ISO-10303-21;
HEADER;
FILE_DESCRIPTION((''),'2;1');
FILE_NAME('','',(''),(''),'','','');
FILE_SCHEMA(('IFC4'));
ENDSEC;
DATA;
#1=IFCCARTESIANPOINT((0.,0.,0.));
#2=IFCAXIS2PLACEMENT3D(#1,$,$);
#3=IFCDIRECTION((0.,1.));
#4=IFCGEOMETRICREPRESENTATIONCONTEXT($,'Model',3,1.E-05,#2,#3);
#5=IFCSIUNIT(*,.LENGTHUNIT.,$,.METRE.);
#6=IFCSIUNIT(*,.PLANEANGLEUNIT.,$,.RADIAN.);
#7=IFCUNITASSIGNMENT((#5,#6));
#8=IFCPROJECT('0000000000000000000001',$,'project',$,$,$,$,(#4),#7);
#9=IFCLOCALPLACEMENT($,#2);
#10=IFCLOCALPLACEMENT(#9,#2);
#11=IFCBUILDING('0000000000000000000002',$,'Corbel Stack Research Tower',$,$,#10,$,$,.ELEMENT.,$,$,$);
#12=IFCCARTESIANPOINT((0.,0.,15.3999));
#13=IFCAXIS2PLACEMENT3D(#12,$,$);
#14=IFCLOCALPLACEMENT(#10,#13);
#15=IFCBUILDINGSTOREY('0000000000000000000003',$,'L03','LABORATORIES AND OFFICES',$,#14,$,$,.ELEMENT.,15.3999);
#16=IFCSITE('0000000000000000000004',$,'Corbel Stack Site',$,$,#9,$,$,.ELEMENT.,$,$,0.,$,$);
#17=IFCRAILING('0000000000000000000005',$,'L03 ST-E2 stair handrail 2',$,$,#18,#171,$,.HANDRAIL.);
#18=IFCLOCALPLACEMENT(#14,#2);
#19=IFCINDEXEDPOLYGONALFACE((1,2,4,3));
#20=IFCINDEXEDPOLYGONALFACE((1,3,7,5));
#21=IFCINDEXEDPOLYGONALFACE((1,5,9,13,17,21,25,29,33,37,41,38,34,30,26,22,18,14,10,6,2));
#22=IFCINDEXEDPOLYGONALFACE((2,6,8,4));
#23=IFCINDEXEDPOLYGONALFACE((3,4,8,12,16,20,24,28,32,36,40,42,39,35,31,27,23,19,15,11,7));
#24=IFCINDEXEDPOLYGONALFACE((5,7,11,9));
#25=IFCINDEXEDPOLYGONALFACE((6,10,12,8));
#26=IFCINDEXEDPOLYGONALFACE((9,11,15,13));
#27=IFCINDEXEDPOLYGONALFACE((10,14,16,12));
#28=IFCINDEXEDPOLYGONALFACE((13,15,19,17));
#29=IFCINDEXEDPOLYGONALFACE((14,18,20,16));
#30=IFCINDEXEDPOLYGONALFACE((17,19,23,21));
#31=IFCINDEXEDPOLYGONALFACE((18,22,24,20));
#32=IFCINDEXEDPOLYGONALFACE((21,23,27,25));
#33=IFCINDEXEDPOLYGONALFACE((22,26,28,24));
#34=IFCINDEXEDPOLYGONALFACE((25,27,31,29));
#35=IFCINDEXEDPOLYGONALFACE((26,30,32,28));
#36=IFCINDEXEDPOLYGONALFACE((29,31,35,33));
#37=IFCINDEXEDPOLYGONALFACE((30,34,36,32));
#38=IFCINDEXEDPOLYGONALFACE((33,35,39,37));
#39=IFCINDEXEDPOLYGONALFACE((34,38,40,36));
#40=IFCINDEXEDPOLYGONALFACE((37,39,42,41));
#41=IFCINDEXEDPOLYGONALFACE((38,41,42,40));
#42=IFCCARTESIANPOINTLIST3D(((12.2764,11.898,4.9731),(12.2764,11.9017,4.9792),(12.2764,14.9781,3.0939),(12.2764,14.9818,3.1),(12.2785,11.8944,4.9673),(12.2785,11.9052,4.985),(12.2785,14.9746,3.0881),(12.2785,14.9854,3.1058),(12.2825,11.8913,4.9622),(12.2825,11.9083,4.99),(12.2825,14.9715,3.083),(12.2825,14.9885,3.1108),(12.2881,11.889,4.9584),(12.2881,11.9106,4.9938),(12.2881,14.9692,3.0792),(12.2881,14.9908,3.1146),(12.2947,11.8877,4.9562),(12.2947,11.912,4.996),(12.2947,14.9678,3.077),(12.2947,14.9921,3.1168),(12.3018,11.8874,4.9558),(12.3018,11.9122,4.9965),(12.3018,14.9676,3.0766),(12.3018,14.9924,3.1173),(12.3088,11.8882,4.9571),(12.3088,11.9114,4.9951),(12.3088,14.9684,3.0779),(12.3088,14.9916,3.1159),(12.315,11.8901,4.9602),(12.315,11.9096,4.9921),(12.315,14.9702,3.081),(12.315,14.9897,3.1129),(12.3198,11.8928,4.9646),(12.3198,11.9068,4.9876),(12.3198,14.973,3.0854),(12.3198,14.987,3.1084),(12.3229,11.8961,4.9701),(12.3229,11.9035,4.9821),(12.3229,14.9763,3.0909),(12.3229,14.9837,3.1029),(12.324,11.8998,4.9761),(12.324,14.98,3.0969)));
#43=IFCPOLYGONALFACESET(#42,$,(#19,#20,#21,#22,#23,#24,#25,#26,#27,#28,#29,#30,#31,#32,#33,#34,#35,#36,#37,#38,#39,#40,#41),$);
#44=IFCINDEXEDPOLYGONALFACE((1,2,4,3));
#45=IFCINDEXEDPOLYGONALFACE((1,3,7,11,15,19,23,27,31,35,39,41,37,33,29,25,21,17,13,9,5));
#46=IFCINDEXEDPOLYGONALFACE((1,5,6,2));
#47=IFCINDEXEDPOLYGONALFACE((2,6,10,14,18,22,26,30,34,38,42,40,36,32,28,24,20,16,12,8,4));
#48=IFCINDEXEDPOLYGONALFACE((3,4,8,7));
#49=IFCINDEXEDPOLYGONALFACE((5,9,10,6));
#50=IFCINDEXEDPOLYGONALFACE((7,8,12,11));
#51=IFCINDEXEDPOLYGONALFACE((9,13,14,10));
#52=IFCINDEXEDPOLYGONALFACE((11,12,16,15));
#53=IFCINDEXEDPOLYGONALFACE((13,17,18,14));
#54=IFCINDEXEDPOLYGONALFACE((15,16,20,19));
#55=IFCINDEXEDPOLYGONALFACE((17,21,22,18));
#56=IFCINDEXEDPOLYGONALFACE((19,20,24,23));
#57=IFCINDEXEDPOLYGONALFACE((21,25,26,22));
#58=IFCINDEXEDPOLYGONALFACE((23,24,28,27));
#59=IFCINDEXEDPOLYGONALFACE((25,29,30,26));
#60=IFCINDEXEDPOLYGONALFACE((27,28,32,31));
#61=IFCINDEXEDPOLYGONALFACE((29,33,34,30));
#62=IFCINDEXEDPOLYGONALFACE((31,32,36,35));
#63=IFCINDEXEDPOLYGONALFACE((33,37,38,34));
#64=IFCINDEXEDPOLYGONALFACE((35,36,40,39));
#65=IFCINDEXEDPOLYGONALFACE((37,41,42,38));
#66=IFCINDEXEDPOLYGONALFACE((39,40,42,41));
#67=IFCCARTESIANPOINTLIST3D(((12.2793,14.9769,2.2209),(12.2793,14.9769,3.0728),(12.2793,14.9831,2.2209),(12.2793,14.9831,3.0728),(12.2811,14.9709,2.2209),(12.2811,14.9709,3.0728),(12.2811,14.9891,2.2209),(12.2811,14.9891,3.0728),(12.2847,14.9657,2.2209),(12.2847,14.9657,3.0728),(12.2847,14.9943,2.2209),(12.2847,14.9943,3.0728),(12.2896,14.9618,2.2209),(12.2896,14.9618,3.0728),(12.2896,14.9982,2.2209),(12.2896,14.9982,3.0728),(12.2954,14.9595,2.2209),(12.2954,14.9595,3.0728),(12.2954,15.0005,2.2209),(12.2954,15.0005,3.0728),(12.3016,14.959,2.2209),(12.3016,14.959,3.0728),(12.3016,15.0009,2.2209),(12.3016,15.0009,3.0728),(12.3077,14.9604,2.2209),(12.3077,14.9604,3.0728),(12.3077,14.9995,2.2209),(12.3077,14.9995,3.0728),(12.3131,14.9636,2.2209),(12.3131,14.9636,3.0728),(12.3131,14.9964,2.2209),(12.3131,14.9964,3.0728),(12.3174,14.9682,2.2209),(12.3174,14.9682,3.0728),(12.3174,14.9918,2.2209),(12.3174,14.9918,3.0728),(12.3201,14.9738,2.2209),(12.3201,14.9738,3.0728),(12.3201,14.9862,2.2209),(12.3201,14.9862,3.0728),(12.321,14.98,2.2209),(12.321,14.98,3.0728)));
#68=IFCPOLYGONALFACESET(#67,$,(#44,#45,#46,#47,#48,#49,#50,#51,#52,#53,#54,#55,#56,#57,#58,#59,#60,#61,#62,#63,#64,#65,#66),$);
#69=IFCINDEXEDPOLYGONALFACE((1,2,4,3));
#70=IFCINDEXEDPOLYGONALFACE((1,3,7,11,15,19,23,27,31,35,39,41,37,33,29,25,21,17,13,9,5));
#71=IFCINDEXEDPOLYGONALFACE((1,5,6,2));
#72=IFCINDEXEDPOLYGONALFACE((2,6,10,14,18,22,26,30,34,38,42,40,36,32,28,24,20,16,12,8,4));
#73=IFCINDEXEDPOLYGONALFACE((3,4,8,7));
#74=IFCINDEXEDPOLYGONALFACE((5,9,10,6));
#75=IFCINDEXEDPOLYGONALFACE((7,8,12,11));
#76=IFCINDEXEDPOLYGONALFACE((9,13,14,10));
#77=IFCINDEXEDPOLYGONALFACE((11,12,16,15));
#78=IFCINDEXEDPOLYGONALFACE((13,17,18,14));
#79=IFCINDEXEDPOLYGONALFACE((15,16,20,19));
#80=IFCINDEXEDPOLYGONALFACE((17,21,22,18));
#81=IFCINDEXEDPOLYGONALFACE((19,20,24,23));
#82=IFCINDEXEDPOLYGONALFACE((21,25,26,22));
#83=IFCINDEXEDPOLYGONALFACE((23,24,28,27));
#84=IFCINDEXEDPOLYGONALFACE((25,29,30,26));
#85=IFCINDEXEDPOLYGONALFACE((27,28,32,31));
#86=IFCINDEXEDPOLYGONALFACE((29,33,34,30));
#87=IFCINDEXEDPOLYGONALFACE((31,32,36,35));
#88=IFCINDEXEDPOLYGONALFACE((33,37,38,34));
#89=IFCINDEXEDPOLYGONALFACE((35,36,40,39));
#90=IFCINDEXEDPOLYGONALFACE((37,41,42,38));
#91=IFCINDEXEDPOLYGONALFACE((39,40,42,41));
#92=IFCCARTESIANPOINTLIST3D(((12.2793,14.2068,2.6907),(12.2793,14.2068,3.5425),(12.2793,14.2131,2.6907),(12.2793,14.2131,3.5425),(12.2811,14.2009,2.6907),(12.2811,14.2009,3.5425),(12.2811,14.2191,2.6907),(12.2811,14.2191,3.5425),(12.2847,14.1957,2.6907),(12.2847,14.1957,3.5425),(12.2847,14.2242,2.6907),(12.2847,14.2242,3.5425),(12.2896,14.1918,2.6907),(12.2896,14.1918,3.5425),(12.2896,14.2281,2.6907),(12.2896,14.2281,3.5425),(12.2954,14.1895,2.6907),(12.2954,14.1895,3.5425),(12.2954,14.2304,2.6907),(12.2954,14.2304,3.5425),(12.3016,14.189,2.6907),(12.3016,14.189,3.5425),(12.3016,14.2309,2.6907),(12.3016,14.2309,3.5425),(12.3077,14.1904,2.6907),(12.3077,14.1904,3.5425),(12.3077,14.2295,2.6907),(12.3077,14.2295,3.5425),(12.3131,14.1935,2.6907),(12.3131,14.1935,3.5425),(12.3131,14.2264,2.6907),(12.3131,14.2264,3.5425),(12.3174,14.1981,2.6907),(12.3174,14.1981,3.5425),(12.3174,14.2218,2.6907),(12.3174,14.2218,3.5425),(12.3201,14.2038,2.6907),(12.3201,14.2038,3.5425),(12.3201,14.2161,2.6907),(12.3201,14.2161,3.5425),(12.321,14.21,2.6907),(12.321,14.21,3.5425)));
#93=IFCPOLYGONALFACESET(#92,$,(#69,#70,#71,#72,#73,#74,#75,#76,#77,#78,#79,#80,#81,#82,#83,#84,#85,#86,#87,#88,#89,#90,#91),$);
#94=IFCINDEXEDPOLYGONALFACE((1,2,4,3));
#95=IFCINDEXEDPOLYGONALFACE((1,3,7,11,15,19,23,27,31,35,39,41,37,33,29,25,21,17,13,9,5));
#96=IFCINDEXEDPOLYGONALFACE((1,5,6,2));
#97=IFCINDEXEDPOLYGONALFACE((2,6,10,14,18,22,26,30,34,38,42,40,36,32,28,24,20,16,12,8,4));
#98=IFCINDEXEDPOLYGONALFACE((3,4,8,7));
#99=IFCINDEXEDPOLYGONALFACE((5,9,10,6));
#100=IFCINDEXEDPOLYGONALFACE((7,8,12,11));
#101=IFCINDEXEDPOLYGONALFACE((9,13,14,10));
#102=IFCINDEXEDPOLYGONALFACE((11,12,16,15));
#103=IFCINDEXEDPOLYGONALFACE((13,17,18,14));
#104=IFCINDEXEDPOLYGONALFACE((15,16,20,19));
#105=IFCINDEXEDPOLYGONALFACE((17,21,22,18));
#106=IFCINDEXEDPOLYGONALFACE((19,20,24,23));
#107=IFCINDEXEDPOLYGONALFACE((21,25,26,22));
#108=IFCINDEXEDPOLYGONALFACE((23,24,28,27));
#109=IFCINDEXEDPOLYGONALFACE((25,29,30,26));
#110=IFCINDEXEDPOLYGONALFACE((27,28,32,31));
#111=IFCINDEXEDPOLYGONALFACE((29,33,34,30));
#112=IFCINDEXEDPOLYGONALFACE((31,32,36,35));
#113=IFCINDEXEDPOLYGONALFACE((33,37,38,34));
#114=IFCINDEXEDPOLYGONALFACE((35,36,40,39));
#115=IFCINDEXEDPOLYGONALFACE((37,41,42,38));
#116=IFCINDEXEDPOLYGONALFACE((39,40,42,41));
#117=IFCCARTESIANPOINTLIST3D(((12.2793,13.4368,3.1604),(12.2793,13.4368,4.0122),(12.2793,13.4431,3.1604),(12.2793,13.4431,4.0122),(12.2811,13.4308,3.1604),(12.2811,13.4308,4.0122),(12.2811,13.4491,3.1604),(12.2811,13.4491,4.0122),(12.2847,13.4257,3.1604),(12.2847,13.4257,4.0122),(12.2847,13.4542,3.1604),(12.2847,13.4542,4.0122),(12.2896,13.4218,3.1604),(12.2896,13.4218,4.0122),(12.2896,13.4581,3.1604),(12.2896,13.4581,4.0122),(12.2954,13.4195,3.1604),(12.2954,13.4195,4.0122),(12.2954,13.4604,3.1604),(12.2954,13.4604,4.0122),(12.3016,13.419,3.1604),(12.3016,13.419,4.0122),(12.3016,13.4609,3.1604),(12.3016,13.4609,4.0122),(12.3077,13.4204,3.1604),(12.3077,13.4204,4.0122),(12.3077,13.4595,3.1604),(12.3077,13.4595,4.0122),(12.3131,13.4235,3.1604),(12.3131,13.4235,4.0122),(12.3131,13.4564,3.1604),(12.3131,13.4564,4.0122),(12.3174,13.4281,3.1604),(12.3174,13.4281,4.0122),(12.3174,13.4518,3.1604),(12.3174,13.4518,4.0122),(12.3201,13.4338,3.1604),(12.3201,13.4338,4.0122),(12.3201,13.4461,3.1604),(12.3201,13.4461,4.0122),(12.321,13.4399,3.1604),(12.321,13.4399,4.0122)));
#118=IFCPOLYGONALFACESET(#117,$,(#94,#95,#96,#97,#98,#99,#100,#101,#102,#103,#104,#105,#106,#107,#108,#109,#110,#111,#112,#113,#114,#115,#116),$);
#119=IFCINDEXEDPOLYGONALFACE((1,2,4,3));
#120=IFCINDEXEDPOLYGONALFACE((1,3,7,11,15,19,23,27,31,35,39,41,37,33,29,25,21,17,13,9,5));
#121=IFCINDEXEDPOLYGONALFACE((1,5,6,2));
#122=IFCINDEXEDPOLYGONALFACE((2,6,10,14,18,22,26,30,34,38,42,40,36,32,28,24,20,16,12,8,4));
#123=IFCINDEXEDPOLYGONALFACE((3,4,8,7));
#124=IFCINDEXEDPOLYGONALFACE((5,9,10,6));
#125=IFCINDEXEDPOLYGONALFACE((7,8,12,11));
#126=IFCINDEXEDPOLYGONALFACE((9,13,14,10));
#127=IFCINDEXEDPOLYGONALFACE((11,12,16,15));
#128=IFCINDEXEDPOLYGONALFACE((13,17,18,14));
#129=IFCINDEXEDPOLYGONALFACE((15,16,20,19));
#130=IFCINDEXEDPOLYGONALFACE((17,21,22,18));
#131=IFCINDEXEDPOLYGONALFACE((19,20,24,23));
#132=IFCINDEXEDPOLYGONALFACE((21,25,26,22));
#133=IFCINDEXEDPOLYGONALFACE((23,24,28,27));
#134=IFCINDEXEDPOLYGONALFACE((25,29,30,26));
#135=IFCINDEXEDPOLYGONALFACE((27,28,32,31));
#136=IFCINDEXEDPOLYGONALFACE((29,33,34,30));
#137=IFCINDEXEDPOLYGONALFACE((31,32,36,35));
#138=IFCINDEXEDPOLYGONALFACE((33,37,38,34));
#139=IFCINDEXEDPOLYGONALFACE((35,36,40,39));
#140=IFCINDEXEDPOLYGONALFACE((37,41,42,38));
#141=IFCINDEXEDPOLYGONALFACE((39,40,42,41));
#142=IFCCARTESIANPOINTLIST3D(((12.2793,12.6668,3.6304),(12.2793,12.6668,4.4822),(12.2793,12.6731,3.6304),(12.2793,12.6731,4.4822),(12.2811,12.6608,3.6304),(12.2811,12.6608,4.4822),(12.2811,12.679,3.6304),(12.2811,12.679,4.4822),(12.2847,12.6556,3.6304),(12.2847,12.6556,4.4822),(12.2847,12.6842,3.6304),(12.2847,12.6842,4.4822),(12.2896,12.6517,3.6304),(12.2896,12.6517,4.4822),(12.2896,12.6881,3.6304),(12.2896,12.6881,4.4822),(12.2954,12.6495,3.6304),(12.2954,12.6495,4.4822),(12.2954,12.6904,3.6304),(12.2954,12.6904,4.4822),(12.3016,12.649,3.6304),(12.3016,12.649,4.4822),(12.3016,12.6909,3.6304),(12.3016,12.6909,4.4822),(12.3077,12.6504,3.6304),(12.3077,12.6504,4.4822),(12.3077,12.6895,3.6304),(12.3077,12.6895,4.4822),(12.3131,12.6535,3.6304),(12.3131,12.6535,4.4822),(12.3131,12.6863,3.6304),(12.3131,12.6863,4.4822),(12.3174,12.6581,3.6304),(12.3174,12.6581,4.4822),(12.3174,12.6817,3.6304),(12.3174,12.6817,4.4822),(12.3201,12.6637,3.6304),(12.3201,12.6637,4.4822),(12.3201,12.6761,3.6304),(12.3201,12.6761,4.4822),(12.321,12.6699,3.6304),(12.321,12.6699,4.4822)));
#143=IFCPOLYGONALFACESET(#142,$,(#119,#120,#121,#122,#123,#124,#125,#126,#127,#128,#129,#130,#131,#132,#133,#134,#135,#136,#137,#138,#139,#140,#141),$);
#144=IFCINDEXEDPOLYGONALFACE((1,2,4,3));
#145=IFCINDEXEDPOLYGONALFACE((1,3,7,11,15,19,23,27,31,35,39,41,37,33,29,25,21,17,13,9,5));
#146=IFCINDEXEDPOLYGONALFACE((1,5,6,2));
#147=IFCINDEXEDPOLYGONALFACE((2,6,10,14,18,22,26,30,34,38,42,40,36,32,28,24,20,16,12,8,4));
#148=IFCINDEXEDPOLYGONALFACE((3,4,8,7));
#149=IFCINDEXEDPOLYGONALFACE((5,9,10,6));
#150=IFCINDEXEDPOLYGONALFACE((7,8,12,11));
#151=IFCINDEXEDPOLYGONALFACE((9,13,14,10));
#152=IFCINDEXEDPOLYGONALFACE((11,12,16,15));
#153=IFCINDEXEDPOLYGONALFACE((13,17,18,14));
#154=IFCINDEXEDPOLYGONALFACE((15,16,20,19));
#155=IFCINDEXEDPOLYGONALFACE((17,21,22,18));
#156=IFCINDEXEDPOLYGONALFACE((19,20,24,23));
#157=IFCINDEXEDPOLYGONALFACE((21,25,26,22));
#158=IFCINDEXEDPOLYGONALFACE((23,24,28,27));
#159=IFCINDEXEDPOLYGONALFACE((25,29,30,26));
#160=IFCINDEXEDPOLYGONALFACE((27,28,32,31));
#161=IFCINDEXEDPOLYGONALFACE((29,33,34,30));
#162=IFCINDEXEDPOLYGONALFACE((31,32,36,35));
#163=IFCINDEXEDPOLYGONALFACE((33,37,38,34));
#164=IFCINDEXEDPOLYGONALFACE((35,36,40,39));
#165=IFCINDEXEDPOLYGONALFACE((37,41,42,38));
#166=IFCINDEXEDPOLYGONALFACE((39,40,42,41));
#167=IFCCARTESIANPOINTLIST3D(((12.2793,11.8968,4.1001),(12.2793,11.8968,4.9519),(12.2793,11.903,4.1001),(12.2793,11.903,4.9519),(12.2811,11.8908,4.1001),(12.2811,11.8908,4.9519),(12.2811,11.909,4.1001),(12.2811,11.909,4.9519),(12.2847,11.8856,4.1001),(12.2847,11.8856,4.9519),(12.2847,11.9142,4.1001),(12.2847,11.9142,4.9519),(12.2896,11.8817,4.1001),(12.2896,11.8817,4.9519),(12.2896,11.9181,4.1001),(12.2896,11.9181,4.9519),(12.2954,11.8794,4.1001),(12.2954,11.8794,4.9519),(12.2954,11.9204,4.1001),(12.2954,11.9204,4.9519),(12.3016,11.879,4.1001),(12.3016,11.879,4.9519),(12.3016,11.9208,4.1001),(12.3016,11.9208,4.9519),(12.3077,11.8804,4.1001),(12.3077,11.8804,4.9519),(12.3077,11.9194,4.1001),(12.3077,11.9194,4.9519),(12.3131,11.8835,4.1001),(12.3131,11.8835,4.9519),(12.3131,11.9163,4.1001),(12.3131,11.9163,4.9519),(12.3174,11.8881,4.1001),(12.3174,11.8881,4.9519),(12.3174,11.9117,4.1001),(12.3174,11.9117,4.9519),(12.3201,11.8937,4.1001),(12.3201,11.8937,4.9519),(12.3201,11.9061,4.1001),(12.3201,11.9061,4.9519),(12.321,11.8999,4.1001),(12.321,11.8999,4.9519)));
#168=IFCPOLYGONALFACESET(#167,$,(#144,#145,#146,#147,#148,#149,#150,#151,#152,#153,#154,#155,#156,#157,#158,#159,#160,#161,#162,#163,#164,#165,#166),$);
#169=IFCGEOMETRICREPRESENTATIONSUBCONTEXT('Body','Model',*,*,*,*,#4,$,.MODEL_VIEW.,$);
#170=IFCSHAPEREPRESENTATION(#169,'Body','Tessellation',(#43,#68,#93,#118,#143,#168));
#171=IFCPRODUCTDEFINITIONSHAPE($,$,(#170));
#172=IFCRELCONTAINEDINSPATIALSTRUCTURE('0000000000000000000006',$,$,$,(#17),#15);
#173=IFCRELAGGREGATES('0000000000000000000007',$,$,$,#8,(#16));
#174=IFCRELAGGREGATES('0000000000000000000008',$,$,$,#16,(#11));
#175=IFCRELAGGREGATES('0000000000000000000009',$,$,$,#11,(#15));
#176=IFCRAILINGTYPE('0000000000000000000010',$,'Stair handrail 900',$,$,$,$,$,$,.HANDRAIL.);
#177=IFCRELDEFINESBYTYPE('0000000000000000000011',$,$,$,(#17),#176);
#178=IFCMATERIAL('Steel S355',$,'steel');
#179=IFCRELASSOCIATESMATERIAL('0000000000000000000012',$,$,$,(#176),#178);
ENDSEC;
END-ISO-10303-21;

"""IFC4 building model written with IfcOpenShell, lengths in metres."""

from ifc_helpers import new_model, si_unit, direction, frame, origin, origin_2d, place, context, subcontext, project, spatial, circle, extrude, material, type_object, element, save


model = new_model("IFC4")

# Units and contexts
model_context = context("Model", 3, precision=1e-05, world=origin(), true_north=direction((0.0, 1.0)))
body_context = subcontext(model_context, "Body", "Model", "MODEL_VIEW")
ifc_project = project(units=[si_unit("LENGTHUNIT", "METRE"), si_unit("PLANEANGLEUNIT", "RADIAN")], contexts=[model_context])

# Site, building, storey
site_placement = place(None, origin())
site = spatial("IfcSite", under=ifc_project, at=site_placement, Name="Corbel Stack Site", CompositionType="ELEMENT", RefElevation=0.0)
building_placement = place(site_placement, origin())
building = spatial("IfcBuilding", under=site, at=building_placement, Name="Corbel Stack Research Tower", CompositionType="ELEMENT")
storey_placement = place(building_placement, frame((0.0, 0.0, 15.3999)))
storey = spatial("IfcBuildingStorey", under=building, at=storey_placement, Name="L03", Description="LABORATORIES AND OFFICES", CompositionType="ELEMENT", Elevation=15.3999)

# Railing
ifc_material_1 = material(Name="Steel S355", Category="steel")
railing_type_1 = type_object("IfcRailingType", Name="Stair handrail 900", PredefinedType="HANDRAIL", material=ifc_material_1)
railing_1_placement = place(storey_placement, frame((12.3, 14.98, 2.2209)))
element("IfcRailing", 1, at=railing_1_placement, inside=storey, type_object=railing_type_1, Name="L03 ST-E2 stair handrail 2", PredefinedType="HANDRAIL", context=body_context, shape_type="SweptSolid", body=[
    extrude(circle(Radius=0.0239, at=origin_2d()), frame((0.0, 0.0, 0.876), z_axis=(0.0, -0.853666, 0.52082), x_axis=(1.0, 0.0, 0.0)), (0.0, 0.0, 1.0), 3.6082),
    extrude(circle(Radius=0.021, at=origin_2d()), origin(), (0.0, 0.0, 1.0), 0.8518),
    extrude(circle(Radius=0.021, at=origin_2d()), frame((0.0, -0.77, 0.4697)), (0.0, 0.0, 1.0), 0.8518),
    extrude(circle(Radius=0.021, at=origin_2d()), frame((0.0, -1.54, 0.9395)), (0.0, 0.0, 1.0), 0.8518),
    extrude(circle(Radius=0.021, at=origin_2d()), frame((0.0, -2.3101, 1.4094)), (0.0, 0.0, 1.0), 0.8518),
    extrude(circle(Radius=0.021, at=origin_2d()), frame((0.0, -3.0801, 1.8792)), (0.0, 0.0, 1.0), 0.8518),
])

save(model, "model.ifc")
